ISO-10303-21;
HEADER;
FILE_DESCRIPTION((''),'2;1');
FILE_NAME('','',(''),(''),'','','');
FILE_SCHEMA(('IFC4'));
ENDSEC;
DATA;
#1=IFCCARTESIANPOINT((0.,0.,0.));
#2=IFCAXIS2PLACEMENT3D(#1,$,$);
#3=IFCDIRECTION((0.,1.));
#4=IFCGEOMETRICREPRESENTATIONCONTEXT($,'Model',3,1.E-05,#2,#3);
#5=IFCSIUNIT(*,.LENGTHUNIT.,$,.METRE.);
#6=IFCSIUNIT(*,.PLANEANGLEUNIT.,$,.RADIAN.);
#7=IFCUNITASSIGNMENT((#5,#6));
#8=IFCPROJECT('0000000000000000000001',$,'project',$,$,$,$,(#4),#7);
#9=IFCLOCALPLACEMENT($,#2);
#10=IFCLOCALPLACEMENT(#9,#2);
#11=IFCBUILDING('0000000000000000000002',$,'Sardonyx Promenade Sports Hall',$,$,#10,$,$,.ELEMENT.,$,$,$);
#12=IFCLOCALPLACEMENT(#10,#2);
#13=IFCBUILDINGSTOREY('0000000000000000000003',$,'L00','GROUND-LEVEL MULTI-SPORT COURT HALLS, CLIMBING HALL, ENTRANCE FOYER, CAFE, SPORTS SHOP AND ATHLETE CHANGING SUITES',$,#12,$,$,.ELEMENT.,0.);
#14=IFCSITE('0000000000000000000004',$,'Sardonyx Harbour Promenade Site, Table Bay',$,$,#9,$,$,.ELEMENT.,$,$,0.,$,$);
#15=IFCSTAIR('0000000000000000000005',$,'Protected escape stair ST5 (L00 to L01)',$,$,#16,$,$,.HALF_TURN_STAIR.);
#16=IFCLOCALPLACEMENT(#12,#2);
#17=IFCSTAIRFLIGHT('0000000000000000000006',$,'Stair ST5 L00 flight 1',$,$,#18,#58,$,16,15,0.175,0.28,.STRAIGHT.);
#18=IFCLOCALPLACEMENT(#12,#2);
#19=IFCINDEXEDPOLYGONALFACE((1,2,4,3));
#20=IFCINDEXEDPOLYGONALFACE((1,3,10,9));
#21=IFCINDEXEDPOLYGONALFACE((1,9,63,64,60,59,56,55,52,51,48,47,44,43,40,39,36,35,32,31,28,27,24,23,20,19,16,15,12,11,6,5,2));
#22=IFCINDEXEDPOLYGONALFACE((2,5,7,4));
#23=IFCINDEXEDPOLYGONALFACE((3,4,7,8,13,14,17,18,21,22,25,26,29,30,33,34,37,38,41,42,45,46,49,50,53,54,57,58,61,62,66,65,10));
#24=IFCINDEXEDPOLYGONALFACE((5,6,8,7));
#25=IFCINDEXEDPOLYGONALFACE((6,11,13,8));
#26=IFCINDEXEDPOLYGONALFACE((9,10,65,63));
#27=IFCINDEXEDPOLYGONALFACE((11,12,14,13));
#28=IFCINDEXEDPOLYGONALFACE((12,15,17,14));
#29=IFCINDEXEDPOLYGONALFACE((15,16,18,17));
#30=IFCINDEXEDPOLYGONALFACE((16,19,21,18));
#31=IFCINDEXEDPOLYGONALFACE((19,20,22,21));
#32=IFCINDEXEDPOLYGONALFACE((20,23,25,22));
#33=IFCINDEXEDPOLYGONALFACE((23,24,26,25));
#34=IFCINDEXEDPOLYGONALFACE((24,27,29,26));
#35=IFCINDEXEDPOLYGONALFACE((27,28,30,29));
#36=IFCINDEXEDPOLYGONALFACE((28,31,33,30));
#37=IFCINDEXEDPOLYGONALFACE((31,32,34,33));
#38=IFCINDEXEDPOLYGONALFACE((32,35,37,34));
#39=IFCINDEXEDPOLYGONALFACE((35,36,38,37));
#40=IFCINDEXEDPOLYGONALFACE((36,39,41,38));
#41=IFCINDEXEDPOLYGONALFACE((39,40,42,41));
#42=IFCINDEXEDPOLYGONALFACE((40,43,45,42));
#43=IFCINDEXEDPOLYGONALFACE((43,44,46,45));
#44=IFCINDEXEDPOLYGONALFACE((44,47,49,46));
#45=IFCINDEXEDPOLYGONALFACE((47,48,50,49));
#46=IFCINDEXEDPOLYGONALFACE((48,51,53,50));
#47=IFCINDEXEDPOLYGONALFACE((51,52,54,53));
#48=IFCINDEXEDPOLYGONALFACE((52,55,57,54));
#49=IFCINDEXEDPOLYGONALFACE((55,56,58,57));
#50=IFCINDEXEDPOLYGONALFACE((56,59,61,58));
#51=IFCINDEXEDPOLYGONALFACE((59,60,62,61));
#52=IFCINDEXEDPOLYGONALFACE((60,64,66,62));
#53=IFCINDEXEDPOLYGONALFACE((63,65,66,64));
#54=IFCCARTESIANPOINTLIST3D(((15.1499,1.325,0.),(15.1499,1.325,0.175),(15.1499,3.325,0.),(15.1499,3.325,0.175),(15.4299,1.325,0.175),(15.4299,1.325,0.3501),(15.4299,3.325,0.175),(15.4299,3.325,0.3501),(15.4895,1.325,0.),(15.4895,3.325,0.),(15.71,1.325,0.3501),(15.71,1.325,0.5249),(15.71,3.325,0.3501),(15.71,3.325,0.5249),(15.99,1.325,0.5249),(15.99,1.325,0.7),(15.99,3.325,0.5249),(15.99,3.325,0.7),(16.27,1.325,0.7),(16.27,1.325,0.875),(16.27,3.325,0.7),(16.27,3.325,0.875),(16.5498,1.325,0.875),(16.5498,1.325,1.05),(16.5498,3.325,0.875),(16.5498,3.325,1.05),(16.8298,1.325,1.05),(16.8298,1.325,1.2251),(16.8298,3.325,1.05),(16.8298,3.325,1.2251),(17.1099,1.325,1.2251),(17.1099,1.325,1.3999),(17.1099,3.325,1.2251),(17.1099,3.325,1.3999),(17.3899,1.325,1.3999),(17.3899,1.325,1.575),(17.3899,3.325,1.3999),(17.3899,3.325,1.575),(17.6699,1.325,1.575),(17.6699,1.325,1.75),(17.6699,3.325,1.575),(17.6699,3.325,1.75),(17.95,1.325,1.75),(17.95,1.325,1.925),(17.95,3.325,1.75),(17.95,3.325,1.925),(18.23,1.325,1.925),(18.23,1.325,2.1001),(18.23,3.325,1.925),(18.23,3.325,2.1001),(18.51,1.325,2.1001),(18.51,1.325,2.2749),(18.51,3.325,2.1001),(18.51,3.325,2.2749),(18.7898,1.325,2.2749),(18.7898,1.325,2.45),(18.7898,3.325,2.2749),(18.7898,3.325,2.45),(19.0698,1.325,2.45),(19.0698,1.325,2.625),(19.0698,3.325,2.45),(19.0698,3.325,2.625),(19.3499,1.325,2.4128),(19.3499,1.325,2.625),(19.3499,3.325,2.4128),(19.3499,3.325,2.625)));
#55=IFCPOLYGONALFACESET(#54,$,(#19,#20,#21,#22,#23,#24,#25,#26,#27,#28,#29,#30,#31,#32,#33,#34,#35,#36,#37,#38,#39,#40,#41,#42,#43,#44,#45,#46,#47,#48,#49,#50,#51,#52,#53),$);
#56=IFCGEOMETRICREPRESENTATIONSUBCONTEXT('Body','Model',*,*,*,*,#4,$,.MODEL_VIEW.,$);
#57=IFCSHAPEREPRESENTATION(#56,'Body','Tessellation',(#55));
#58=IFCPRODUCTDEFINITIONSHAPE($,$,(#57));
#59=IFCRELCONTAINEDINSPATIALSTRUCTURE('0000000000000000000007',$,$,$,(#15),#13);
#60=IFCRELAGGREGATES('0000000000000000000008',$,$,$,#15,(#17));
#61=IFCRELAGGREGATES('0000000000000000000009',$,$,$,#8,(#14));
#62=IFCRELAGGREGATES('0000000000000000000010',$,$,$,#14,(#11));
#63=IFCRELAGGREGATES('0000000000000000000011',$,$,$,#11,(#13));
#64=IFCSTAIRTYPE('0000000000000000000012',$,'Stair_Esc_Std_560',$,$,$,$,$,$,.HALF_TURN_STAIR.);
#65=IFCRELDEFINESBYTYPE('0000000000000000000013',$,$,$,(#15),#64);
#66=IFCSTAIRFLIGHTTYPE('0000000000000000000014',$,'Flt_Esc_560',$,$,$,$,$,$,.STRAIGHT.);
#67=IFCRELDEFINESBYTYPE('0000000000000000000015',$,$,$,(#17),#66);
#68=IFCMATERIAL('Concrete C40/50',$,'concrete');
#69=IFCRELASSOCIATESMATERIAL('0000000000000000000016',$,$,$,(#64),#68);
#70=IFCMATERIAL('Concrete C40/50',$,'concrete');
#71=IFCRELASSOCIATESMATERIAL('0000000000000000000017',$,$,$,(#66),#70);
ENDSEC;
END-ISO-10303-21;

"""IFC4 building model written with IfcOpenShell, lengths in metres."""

from ifc_helpers import new_model, si_unit, direction, frame, origin, place, context, subcontext, project, spatial, polyline, outline, extrude, material, type_object, element, aggregate, save


model = new_model("IFC4")

# Units and contexts
model_context = context("Model", 3, precision=1e-05, world=origin(), true_north=direction((0.0, 1.0)))
body_context = subcontext(model_context, "Body", "Model", "MODEL_VIEW")
ifc_project = project(units=[si_unit("LENGTHUNIT", "METRE"), si_unit("PLANEANGLEUNIT", "RADIAN")], contexts=[model_context])

# Site, building, storey
site_placement = place(None, origin())
site = spatial("IfcSite", under=ifc_project, at=site_placement, Name="Sardonyx Harbour Promenade Site, Table Bay", CompositionType="ELEMENT", RefElevation=0.0)
building_placement = place(site_placement, origin())
building = spatial("IfcBuilding", under=site, at=building_placement, Name="Sardonyx Promenade Sports Hall", CompositionType="ELEMENT")
storey_placement = place(building_placement, origin())
storey = spatial("IfcBuildingStorey", under=building, at=storey_placement, Name="L00", Description="GROUND-LEVEL MULTI-SPORT COURT HALLS, CLIMBING HALL, ENTRANCE FOYER, CAFE, SPORTS SHOP AND ATHLETE CHANGING SUITES", CompositionType="ELEMENT", Elevation=0.0)

# Stair, stair flight
ifc_material_1 = material(Name="Concrete C40/50", Category="concrete")
stair_type = type_object("IfcStairType", Name="Stair_Esc_Std_560", PredefinedType="HALF_TURN_STAIR", material=ifc_material_1)
stair_placement = place(storey_placement, origin())
stair = element("IfcStair", 1, at=stair_placement, inside=storey, type_object=stair_type, Name="Protected escape stair ST5 (L00 to L01)", PredefinedType="HALF_TURN_STAIR")
ifc_material_2 = material(Name="Concrete C40/50", Category="concrete")
stair_flight_type = type_object("IfcStairFlightType", Name="Flt_Esc_560", PredefinedType="STRAIGHT", material=ifc_material_2)
stair_flight_placement = place(storey_placement, frame((15.1499, 2.325, 0.0), z_axis=(0.0, 0.0, 1.0), x_axis=(1.0, 0.0, 0.0)))
stair_flight = element("IfcStairFlight", 2, at=stair_flight_placement, type_object=stair_flight_type, Name="Stair ST5 L00 flight 1", NumberOfRisers=16, NumberOfTreads=15, PredefinedType="STRAIGHT", RiserHeight=0.175, TreadLength=0.28, context=body_context, shape_type="SweptSolid", body=[
    extrude(outline(polyline([(0.0, 0.0), (0.0, 0.175), (0.28, 0.175), (0.28, 0.3501), (0.5601, 0.3501), (0.5601, 0.5249), (0.8401, 0.5249), (0.8401, 0.7), (1.1201, 0.7), (1.1201, 0.875), (1.3999, 0.875), (1.3999, 1.05), (1.6799, 1.05), (1.6799, 1.2251), (1.96, 1.2251), (1.96, 1.3999), (2.24, 1.3999), (2.24, 1.575), (2.52, 1.575), (2.52, 1.75), (2.8, 1.75), (2.8, 1.925), (3.0801, 1.925), (3.0801, 2.1001), (3.3601, 2.1001), (3.3601, 2.2749), (3.6399, 2.2749), (3.6399, 2.45), (3.9199, 2.45), (3.9199, 2.625), (4.2, 2.625), (4.2, 2.8), (4.2, 2.4128), (0.3396, 0.0), (0.0, 0.0)])), frame((0.0, 1.0, 0.0), z_axis=(0.0, -1.0, 0.0), x_axis=(1.0, 0.0, 0.0)), (0.0, 0.0, 1.0), 2.0),
])
aggregate(stair, [stair_flight])

save(model, "model.ifc")
